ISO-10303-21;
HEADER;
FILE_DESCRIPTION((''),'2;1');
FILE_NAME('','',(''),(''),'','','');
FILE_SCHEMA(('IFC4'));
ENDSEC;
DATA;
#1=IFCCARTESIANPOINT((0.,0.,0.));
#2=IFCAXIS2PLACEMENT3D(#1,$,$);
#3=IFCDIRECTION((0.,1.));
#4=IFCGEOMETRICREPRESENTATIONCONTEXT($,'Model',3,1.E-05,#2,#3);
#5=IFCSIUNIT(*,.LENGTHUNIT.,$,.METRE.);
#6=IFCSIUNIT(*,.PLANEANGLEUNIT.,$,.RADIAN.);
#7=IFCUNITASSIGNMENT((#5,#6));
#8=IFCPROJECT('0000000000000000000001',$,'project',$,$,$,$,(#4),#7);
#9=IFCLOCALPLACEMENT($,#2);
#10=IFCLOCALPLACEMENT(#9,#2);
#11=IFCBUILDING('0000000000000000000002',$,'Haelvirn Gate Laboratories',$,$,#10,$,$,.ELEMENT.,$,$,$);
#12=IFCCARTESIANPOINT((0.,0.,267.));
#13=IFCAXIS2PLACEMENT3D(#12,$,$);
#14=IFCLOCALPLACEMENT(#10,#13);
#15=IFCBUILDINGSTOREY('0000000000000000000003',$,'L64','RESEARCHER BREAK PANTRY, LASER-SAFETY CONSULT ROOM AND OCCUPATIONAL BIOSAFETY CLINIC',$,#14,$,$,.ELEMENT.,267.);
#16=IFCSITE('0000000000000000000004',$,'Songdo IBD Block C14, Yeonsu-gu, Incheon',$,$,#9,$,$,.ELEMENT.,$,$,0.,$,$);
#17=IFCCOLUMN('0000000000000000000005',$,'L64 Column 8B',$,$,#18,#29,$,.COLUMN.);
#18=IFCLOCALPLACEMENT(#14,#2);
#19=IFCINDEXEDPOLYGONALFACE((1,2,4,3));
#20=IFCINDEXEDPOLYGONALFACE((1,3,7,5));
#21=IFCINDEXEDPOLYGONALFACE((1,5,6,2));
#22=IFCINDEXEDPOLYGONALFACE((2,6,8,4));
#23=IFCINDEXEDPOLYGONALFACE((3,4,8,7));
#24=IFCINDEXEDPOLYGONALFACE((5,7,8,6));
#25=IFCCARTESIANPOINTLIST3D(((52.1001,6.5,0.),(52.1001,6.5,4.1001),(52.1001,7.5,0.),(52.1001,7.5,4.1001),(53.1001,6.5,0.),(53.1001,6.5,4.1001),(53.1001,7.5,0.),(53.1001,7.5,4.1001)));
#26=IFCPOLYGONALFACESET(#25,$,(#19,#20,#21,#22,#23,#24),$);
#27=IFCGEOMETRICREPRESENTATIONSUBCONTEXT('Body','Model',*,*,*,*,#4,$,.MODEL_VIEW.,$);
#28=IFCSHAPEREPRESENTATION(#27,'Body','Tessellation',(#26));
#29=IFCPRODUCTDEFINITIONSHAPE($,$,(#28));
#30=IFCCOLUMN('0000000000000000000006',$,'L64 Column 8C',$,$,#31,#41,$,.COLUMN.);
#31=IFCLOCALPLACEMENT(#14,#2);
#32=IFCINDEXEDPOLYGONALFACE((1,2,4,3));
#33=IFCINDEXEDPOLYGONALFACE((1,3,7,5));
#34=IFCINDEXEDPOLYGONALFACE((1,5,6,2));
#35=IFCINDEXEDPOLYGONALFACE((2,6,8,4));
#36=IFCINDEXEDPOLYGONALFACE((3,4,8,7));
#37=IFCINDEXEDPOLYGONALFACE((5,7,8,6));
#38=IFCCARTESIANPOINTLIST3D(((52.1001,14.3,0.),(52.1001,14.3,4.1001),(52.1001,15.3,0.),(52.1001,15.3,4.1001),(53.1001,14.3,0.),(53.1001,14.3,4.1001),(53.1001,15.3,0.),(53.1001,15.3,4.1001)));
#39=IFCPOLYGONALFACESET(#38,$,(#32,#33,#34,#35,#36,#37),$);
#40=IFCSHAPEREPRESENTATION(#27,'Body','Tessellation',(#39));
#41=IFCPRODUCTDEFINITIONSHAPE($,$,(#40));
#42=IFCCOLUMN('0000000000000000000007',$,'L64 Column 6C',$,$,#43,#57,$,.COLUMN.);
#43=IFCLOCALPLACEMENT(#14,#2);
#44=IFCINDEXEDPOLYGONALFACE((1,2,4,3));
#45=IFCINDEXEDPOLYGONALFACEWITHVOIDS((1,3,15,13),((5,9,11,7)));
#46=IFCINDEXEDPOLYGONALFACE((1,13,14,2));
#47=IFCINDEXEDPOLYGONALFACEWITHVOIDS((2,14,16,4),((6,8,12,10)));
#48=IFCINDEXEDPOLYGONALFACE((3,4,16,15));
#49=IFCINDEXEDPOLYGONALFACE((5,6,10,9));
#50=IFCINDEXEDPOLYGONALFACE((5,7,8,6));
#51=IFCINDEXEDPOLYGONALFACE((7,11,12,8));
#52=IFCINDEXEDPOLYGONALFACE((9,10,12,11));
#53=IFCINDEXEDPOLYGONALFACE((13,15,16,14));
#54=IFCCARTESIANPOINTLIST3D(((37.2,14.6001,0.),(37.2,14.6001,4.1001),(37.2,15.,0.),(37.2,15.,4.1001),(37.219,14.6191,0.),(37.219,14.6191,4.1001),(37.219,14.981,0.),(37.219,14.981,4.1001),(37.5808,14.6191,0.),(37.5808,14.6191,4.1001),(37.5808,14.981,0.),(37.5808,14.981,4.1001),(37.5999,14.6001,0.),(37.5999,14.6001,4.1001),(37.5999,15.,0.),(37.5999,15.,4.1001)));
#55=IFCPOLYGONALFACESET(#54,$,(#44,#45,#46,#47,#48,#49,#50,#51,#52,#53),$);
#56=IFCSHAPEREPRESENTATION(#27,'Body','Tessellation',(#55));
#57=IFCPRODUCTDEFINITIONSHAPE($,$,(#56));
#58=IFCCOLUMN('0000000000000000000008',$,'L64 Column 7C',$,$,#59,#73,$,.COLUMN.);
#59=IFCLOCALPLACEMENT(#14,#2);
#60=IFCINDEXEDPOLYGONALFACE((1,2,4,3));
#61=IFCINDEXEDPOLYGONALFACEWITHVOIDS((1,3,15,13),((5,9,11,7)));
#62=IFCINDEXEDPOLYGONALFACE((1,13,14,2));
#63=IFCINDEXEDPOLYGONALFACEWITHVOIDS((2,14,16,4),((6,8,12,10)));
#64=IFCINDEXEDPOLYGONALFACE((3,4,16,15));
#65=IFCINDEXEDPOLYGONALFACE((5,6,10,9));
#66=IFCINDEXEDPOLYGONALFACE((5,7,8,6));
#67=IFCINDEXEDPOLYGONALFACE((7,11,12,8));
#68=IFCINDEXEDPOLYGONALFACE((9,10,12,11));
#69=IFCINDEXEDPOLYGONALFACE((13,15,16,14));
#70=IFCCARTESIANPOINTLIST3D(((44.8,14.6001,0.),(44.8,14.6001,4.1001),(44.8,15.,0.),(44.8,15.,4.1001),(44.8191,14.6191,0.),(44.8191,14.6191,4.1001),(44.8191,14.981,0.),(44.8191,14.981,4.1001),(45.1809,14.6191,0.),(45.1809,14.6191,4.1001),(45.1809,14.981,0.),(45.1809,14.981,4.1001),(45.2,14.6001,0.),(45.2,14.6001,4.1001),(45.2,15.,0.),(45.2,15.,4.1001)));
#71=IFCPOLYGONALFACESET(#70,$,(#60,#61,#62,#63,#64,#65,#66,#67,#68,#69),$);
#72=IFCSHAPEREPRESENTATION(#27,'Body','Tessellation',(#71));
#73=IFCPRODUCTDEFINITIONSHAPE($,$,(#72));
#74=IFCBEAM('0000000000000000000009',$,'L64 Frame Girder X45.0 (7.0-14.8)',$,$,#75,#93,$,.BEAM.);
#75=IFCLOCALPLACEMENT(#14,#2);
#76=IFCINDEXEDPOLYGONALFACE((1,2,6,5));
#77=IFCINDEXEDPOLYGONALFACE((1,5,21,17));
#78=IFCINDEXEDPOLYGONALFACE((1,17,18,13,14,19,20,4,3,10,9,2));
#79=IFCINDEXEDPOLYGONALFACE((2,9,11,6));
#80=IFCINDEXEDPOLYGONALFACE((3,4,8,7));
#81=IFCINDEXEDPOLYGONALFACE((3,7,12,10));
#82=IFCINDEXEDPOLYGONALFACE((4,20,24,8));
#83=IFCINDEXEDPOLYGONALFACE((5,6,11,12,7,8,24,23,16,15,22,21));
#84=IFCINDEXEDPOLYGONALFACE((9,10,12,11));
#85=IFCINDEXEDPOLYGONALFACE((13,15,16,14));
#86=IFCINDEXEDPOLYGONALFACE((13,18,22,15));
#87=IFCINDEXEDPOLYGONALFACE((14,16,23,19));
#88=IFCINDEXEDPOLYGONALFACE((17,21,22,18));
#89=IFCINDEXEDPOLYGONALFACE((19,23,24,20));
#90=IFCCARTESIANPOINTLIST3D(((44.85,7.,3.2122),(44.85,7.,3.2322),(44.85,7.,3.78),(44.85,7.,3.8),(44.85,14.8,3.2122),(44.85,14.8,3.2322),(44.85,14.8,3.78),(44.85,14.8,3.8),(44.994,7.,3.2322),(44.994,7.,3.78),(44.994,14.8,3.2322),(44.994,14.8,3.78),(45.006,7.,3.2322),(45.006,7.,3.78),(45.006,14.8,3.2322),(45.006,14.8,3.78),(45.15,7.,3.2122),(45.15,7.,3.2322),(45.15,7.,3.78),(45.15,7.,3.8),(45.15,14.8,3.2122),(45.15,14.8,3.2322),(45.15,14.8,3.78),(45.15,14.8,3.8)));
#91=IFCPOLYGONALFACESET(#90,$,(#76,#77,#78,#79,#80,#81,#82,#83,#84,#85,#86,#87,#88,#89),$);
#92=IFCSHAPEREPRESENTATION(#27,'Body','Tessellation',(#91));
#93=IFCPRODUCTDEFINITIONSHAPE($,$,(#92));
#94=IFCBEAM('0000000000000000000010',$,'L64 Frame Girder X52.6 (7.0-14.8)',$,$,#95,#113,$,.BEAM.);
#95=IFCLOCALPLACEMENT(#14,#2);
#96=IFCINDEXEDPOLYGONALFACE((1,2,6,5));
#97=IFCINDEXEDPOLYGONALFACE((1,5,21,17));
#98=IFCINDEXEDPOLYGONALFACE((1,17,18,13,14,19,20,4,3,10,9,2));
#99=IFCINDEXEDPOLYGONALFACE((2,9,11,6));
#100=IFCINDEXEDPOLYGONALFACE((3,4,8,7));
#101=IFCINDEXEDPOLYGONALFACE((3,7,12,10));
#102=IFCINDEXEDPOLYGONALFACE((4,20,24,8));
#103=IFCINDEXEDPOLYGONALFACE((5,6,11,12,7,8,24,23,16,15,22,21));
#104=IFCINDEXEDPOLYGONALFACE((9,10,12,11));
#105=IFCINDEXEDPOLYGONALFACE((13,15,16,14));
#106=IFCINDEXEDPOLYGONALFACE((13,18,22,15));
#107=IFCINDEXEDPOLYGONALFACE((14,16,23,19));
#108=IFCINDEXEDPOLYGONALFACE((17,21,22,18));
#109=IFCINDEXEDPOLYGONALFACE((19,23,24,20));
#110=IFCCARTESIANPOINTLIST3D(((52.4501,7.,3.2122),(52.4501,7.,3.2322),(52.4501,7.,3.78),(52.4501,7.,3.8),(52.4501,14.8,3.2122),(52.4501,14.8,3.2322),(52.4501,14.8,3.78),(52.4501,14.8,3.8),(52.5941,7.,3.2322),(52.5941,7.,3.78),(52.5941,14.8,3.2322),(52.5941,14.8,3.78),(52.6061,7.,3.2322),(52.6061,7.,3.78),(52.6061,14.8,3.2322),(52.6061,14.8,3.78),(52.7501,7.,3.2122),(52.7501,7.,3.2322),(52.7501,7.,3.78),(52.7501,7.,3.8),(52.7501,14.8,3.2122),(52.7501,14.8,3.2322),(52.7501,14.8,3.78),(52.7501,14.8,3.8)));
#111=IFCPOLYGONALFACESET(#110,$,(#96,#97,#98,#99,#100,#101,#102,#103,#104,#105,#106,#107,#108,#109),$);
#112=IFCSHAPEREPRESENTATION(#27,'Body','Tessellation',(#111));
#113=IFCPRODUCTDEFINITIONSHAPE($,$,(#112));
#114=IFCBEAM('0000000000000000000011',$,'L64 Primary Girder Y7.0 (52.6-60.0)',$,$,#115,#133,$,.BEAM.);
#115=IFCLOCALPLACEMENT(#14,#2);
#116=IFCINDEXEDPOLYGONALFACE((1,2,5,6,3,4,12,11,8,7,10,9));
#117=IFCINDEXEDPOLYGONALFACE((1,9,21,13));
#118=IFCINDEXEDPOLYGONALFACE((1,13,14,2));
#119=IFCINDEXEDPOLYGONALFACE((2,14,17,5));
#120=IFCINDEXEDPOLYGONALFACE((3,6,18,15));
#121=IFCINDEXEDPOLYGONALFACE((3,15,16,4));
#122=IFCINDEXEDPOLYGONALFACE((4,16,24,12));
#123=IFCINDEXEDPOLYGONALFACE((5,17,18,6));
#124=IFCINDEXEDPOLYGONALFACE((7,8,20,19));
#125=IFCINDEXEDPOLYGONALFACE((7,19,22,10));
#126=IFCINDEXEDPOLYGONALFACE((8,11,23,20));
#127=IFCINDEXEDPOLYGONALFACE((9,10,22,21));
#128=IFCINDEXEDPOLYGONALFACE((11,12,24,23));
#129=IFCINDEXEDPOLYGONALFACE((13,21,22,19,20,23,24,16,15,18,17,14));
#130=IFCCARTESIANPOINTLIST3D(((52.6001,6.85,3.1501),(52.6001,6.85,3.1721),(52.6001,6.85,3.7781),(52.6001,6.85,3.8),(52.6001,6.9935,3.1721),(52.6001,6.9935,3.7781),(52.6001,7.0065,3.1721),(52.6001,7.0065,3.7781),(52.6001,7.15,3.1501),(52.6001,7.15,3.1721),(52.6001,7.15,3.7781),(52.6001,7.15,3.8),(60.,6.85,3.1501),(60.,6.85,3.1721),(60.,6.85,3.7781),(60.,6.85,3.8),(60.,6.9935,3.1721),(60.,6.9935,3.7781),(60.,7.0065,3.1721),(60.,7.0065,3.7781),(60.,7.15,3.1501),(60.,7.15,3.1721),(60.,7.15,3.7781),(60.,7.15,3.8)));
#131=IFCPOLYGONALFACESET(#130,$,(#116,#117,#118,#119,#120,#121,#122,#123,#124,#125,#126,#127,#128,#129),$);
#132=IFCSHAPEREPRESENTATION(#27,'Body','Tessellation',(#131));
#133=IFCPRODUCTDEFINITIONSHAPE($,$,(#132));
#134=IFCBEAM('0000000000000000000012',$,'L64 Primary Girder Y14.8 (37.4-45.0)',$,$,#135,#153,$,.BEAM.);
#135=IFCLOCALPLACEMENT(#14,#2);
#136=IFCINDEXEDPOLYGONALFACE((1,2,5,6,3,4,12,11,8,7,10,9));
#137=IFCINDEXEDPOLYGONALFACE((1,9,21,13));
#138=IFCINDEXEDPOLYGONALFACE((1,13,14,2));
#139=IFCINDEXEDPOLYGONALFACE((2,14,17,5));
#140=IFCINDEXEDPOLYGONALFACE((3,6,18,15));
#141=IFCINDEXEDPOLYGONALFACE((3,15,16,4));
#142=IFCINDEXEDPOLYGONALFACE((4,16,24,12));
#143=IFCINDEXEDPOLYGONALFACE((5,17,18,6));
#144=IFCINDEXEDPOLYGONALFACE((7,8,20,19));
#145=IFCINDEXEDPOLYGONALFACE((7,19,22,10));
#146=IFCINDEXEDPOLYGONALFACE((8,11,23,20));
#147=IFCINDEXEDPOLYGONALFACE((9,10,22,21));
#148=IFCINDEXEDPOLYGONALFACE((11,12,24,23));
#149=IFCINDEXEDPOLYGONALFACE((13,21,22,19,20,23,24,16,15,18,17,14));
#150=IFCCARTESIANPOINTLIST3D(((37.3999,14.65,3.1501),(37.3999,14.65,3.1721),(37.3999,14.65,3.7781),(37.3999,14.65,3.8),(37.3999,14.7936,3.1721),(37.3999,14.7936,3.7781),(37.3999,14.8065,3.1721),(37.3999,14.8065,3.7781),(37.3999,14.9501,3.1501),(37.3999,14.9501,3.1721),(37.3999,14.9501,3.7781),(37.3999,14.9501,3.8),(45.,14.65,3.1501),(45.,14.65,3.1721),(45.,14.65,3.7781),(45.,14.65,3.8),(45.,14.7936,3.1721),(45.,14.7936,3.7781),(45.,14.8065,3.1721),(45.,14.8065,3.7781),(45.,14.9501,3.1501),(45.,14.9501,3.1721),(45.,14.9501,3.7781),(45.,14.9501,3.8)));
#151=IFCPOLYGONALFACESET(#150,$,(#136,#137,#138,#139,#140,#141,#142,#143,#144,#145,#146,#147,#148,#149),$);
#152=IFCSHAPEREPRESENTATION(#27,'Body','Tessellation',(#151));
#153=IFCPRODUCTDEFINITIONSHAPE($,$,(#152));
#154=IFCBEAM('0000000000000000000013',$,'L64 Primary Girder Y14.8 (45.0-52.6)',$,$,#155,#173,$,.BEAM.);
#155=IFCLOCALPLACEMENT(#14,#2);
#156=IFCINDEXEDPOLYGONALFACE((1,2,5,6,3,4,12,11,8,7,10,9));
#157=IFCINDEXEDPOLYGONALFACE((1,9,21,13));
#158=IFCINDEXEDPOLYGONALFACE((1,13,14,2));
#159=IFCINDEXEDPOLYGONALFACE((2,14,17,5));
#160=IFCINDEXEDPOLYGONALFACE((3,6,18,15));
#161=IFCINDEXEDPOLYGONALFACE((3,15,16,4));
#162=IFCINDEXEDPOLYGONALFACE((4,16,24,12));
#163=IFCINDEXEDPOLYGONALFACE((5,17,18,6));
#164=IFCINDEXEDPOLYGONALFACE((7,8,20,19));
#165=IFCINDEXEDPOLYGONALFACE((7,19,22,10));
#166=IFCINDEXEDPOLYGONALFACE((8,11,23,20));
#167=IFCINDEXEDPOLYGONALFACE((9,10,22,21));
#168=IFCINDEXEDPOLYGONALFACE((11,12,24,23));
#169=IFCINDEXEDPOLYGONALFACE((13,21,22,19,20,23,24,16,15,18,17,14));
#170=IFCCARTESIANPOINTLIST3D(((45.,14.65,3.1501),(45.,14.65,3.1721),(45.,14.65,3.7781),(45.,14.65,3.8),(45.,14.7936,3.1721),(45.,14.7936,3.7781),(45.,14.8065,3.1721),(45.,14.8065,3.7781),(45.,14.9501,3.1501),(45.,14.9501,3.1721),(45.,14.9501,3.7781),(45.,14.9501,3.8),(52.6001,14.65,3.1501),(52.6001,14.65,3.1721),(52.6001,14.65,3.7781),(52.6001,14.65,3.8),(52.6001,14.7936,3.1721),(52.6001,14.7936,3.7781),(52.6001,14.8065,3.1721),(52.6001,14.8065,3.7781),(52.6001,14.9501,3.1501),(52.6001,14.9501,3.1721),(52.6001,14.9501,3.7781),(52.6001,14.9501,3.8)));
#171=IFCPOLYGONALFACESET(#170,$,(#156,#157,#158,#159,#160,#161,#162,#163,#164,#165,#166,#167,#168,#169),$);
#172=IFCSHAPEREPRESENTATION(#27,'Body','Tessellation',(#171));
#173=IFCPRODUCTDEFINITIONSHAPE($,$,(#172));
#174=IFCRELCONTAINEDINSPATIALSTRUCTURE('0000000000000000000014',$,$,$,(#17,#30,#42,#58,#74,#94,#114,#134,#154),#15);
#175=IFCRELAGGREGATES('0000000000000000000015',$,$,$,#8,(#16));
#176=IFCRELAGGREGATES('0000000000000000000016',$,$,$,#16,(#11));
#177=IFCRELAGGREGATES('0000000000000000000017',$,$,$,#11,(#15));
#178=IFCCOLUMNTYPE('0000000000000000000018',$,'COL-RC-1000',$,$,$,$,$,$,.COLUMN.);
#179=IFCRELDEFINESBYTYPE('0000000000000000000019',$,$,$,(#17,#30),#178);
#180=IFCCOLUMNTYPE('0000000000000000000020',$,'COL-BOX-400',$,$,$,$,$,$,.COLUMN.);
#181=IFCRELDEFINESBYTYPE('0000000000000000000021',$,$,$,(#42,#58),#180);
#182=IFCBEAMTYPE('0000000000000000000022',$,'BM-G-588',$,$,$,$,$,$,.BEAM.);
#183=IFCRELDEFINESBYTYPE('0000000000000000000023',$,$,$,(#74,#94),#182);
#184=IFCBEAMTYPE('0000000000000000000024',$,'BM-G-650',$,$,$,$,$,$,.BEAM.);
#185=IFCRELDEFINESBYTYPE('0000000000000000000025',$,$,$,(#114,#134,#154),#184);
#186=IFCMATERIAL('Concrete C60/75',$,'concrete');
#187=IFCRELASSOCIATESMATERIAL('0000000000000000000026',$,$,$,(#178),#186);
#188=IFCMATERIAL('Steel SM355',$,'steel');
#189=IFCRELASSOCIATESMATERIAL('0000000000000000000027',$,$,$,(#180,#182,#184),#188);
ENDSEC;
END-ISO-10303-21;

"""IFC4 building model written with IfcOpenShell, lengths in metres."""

from ifc_helpers import new_model, si_unit, direction, frame, origin, origin_2d, place, context, subcontext, project, spatial, rectangle, hollow_rectangle, i_section, extrude, source, transform, mapped, material, material_profile, profile_set, type_object, type_shapes, element, save


model = new_model("IFC4")

# Units and contexts
model_context = context("Model", 3, precision=1e-05, world=origin(), true_north=direction((0.0, 1.0)))
body_context = subcontext(model_context, "Body", "Model", "MODEL_VIEW")
ifc_project = project(units=[si_unit("LENGTHUNIT", "METRE"), si_unit("PLANEANGLEUNIT", "RADIAN")], contexts=[model_context])

# Site, building, storey
site_placement = place(None, origin())
site = spatial("IfcSite", under=ifc_project, at=site_placement, Name="Songdo IBD Block C14, Yeonsu-gu, Incheon", CompositionType="ELEMENT", RefElevation=0.0)
building_placement = place(site_placement, origin())
building = spatial("IfcBuilding", under=site, at=building_placement, Name="Haelvirn Gate Laboratories", CompositionType="ELEMENT")
storey_placement = place(building_placement, frame((0.0, 0.0, 267.0)))
storey = spatial("IfcBuildingStorey", under=building, at=storey_placement, Name="L64", Description="RESEARCHER BREAK PANTRY, LASER-SAFETY CONSULT ROOM AND OCCUPATIONAL BIOSAFETY CLINIC", CompositionType="ELEMENT", Elevation=267.0)

# Columns
ifc_material_1 = material(Name="Concrete C60/75", Category="concrete")
ifc_material_profile_1 = material_profile(ifc_material_1, rectangle(XDim=1.0, YDim=1.0, at=origin_2d()), Name="RC-1000x1000")
ifc_profile_set_1 = profile_set([ifc_material_profile_1], Name="Concrete C60/75")
column_type_1 = type_object("IfcColumnType", Name="COL-RC-1000", PredefinedType="COLUMN", material=ifc_profile_set_1)
shared_shape_1 = source(origin(), body_context, "Body", "SweptSolid", [
    extrude(rectangle(XDim=1.0, YDim=1.0, at=origin_2d()), origin(), (0.0, 0.0, 1.0), 4.1001),
])
type_shapes(column_type_1, [shared_shape_1])
for number, where, z_axis, x_axis, name in (
    (1, (52.6001, 7.0, 0.0), (0.0, 0.0, 1.0), (1.0, 0.0, 0.0), "L64 Column 8B"),
    (2, (52.6001, 14.8, 0.0), (0.0, 0.0, 1.0), (1.0, 0.0, 0.0), "L64 Column 8C"),
):
    element("IfcColumn", number, at=place(storey_placement, frame(where, z_axis=z_axis, x_axis=x_axis)), inside=storey, type_object=column_type_1, Name=name, PredefinedType="COLUMN", context=body_context, shape_type="MappedRepresentation", body=[
        mapped(shared_shape_1, transform((0.0, 0.0, 0.0), scale=1.0)),
    ])
ifc_material_2 = material(Name="Steel SM355", Category="steel")
ifc_material_profile_2 = material_profile(ifc_material_2, hollow_rectangle(XDim=0.3999, YDim=0.3999, WallThickness=0.019, at=origin_2d()), Name="BOX-400x400x19")
ifc_profile_set_2 = profile_set([ifc_material_profile_2], Name="Steel SM355")
column_type_2 = type_object("IfcColumnType", Name="COL-BOX-400", PredefinedType="COLUMN", material=ifc_profile_set_2)
shared_shape_2 = source(origin(), body_context, "Body", "SweptSolid", [
    extrude(hollow_rectangle(XDim=0.3999, YDim=0.3999, WallThickness=0.019, at=origin_2d()), origin(), (0.0, 0.0, 1.0), 4.1001),
])
type_shapes(column_type_2, [shared_shape_2])
for number, where, z_axis, x_axis, name in (
    (3, (37.3999, 14.8, 0.0), (0.0, 0.0, 1.0), (1.0, 0.0, 0.0), "L64 Column 6C"),
    (4, (45.0, 14.8, 0.0), (0.0, 0.0, 1.0), (1.0, 0.0, 0.0), "L64 Column 7C"),
):
    element("IfcColumn", number, at=place(storey_placement, frame(where, z_axis=z_axis, x_axis=x_axis)), inside=storey, type_object=column_type_2, Name=name, PredefinedType="COLUMN", context=body_context, shape_type="MappedRepresentation", body=[
        mapped(shared_shape_2, transform((0.0, 0.0, 0.0), scale=1.0)),
    ])

# Beams
ifc_material_profile_3 = material_profile(ifc_material_2, i_section(OverallWidth=0.3, OverallDepth=0.5879, WebThickness=0.012, FlangeThickness=0.02, at=origin_2d()), Name="H-588x300x12x20")
ifc_profile_set_3 = profile_set([ifc_material_profile_3], Name="Steel SM355")
beam_type_1 = type_object("IfcBeamType", Name="BM-G-588", PredefinedType="BEAM", material=ifc_profile_set_3)
shared_shape_3 = source(origin(), body_context, "Body", "SweptSolid", [
    extrude(i_section(OverallWidth=0.3, OverallDepth=0.5879, WebThickness=0.012, FlangeThickness=0.02, at=origin_2d()), origin(), (0.0, 0.0, 1.0), 7.8),
])
type_shapes(beam_type_1, [shared_shape_3])
for number, where, z_axis, x_axis, name in (
    (5, (45.0, 7.0, 3.5061), (0.0, 1.0, 0.0), (-1.0, 0.0, 0.0), "L64 Frame Girder X45.0 (7.0-14.8)"),
    (6, (52.6001, 7.0, 3.5061), (0.0, 1.0, 0.0), (-1.0, 0.0, 0.0), "L64 Frame Girder X52.6 (7.0-14.8)"),
):
    element("IfcBeam", number, at=place(storey_placement, frame(where, z_axis=z_axis, x_axis=x_axis)), inside=storey, type_object=beam_type_1, Name=name, PredefinedType="BEAM", context=body_context, shape_type="MappedRepresentation", body=[
        mapped(shared_shape_3, transform((0.0, 0.0, 0.0), scale=1.0)),
    ])
ifc_material_profile_4 = material_profile(ifc_material_2, i_section(OverallWidth=0.3, OverallDepth=0.6499, WebThickness=0.0129, FlangeThickness=0.022, at=origin_2d()), Name="H-650x300x13x22")
ifc_profile_set_4 = profile_set([ifc_material_profile_4], Name="Steel SM355")
beam_type_2 = type_object("IfcBeamType", Name="BM-G-650", PredefinedType="BEAM", material=ifc_profile_set_4)
shared_shape_4 = source(origin(), body_context, "Body", "SweptSolid", [
    extrude(i_section(OverallWidth=0.3, OverallDepth=0.6499, WebThickness=0.0129, FlangeThickness=0.022, at=origin_2d()), origin(), (0.0, 0.0, 1.0), 7.3999),
])
beam_placement = place(storey_placement, frame((52.6001, 7.0, 3.4751), z_axis=(1.0, 0.0, 0.0), x_axis=(0.0, 1.0, 0.0)))
element("IfcBeam", 7, at=beam_placement, inside=storey, type_object=beam_type_2, Name="L64 Primary Girder Y7.0 (52.6-60.0)", PredefinedType="BEAM", context=body_context, shape_type="MappedRepresentation", body=[
    mapped(shared_shape_4, transform((0.0, 0.0, 0.0), scale=1.0)),
])
shared_shape_5 = source(origin(), body_context, "Body", "SweptSolid", [
    extrude(i_section(OverallWidth=0.3, OverallDepth=0.6499, WebThickness=0.0129, FlangeThickness=0.022, at=origin_2d()), origin(), (0.0, 0.0, 1.0), 7.6001),
])
type_shapes(beam_type_2, [shared_shape_4, shared_shape_5])
for number, where, z_axis, x_axis, name in (
    (8, (37.3999, 14.8, 3.4751), (1.0, 0.0, 0.0), (0.0, 1.0, 0.0), "L64 Primary Girder Y14.8 (37.4-45.0)"),
    (9, (45.0, 14.8, 3.4751), (1.0, 0.0, 0.0), (0.0, 1.0, 0.0), "L64 Primary Girder Y14.8 (45.0-52.6)"),
):
    element("IfcBeam", number, at=place(storey_placement, frame(where, z_axis=z_axis, x_axis=x_axis)), inside=storey, type_object=beam_type_2, Name=name, PredefinedType="BEAM", context=body_context, shape_type="MappedRepresentation", body=[
        mapped(shared_shape_5, transform((0.0, 0.0, 0.0), scale=1.0)),
    ])

save(model, "model.ifc")
